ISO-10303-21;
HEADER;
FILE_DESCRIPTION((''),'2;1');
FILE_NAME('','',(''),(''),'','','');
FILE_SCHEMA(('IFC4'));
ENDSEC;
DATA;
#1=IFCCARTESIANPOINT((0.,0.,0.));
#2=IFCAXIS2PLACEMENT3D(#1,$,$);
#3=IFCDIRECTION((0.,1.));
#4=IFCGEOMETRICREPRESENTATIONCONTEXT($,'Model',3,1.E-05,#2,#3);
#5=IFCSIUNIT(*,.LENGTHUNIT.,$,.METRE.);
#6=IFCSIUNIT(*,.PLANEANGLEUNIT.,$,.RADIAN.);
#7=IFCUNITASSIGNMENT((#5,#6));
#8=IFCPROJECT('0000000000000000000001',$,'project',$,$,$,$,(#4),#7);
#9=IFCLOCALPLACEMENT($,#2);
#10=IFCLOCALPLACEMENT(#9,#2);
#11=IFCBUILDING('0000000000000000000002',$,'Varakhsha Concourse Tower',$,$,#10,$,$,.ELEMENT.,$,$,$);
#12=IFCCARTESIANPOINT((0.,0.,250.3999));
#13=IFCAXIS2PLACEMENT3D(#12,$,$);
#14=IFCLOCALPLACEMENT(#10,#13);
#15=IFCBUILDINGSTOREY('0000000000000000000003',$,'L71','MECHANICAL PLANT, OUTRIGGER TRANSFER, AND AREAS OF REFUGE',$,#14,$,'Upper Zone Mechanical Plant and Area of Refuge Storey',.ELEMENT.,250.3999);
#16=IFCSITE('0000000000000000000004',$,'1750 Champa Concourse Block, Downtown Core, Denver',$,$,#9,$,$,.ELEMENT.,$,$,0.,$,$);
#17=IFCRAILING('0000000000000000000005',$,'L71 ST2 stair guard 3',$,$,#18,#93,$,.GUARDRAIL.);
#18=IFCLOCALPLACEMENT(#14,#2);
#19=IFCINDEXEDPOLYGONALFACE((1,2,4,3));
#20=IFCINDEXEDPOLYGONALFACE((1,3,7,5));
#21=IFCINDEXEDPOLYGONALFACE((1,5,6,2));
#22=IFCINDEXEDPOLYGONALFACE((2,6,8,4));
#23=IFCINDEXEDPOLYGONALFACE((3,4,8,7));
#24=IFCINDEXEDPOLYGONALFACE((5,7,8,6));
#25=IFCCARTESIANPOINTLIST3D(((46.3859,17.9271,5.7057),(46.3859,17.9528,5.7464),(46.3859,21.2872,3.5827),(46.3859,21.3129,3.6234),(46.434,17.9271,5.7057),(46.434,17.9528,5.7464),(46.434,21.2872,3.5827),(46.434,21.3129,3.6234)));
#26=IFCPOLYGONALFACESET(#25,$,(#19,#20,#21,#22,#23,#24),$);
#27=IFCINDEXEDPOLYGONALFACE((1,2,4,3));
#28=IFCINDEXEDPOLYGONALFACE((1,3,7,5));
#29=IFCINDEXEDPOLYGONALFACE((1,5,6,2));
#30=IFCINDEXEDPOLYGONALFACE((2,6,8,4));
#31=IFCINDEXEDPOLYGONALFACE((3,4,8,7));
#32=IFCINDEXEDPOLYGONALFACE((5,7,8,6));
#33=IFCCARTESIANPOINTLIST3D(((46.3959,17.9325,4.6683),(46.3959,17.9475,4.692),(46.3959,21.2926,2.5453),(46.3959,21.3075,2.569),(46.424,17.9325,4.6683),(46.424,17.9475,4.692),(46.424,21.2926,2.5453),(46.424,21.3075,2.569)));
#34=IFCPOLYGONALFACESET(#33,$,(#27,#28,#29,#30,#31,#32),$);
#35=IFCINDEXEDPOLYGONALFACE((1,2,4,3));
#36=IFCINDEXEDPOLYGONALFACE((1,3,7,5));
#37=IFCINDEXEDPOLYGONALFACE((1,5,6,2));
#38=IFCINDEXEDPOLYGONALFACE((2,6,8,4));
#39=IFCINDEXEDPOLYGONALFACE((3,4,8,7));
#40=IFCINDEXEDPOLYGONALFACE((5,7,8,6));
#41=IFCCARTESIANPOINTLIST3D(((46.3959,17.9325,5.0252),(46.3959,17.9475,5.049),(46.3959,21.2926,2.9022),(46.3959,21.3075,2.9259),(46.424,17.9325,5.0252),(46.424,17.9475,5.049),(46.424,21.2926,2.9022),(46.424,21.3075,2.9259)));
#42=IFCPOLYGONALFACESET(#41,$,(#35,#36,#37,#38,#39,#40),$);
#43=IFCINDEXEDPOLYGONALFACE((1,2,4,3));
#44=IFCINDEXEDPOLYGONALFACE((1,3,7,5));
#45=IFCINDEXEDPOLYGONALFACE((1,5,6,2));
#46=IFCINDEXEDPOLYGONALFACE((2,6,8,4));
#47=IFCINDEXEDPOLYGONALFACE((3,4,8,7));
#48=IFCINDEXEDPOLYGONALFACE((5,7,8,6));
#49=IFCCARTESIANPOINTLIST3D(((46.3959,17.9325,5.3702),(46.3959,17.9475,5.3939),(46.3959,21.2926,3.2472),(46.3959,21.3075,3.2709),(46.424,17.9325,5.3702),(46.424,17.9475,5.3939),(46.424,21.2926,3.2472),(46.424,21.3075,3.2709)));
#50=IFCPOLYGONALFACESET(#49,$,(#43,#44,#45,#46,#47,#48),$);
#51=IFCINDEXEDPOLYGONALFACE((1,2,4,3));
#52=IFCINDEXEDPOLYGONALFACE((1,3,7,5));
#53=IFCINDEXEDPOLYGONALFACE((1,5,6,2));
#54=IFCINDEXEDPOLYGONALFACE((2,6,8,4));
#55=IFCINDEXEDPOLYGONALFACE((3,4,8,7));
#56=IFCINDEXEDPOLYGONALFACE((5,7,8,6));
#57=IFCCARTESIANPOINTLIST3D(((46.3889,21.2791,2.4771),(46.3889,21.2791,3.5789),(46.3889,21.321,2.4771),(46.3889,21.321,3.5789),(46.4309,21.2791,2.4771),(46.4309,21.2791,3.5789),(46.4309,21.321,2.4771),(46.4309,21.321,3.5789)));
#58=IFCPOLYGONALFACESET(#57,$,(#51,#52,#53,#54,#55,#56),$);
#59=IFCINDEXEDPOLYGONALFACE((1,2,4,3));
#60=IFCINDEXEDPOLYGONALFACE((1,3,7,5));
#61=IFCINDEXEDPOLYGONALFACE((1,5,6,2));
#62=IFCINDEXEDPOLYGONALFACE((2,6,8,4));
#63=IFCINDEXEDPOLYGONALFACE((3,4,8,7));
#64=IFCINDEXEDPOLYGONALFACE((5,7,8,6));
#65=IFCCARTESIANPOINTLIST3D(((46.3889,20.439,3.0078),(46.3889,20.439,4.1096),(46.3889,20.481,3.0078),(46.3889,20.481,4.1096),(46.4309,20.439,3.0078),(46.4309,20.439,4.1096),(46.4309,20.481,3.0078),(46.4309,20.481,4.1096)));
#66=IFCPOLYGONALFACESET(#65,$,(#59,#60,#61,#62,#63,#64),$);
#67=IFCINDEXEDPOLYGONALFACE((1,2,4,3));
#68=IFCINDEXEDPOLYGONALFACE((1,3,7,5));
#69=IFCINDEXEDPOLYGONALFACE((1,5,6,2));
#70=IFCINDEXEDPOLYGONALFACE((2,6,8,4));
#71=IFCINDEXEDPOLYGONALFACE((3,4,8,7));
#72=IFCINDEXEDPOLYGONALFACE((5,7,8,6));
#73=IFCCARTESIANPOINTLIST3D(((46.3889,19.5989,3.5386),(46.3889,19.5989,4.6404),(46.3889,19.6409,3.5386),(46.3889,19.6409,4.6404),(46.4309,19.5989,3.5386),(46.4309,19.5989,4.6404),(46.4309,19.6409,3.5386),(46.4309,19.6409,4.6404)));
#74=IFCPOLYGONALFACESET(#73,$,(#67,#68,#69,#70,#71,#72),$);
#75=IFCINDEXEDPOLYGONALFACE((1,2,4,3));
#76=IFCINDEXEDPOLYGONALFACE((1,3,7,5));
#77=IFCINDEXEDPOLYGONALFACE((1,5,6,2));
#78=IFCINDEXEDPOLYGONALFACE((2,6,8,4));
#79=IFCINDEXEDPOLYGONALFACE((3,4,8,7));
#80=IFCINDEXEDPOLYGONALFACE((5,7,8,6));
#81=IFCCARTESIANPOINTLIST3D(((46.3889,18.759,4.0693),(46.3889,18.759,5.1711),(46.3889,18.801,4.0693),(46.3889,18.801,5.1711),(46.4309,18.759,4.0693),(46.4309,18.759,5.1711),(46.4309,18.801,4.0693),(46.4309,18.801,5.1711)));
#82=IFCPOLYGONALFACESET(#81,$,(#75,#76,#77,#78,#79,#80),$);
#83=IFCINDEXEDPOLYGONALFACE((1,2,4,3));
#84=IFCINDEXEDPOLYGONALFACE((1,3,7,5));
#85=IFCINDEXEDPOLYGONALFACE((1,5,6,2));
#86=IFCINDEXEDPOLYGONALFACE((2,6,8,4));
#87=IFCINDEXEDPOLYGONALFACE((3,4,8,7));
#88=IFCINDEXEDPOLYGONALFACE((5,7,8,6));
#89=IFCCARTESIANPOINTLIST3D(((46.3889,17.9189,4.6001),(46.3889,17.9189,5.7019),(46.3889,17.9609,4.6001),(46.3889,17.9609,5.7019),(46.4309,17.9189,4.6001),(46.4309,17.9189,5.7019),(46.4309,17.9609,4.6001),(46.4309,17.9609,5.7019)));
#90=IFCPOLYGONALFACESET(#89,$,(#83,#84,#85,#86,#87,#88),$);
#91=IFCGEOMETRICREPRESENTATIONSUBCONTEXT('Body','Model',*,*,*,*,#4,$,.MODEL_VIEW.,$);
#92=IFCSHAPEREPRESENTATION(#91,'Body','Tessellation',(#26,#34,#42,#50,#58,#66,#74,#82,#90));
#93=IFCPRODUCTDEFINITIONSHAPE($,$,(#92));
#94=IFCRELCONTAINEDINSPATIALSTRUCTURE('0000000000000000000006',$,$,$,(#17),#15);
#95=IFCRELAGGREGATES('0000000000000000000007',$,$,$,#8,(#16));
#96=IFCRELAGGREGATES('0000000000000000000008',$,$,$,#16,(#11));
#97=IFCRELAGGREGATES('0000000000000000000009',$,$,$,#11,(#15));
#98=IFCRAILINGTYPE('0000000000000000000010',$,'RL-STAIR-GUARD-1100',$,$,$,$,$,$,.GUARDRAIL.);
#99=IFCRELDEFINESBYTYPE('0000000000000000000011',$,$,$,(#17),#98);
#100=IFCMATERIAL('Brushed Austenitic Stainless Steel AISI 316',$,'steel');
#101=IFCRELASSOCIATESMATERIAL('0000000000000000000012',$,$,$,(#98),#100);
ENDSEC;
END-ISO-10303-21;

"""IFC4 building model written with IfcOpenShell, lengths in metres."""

from ifc_helpers import new_model, si_unit, direction, frame, origin, origin_2d, place, context, subcontext, project, spatial, rectangle, extrude, material, type_object, element, save


model = new_model("IFC4")

# Units and contexts
model_context = context("Model", 3, precision=1e-05, world=origin(), true_north=direction((0.0, 1.0)))
body_context = subcontext(model_context, "Body", "Model", "MODEL_VIEW")
ifc_project = project(units=[si_unit("LENGTHUNIT", "METRE"), si_unit("PLANEANGLEUNIT", "RADIAN")], contexts=[model_context])

# Site, building, storey
site_placement = place(None, origin())
site = spatial("IfcSite", under=ifc_project, at=site_placement, Name="1750 Champa Concourse Block, Downtown Core, Denver", CompositionType="ELEMENT", RefElevation=0.0)
building_placement = place(site_placement, origin())
building = spatial("IfcBuilding", under=site, at=building_placement, Name="Varakhsha Concourse Tower", CompositionType="ELEMENT")
storey_placement = place(building_placement, frame((0.0, 0.0, 250.3999)))
storey = spatial("IfcBuildingStorey", under=building, at=storey_placement, Name="L71", Description="MECHANICAL PLANT, OUTRIGGER TRANSFER, AND AREAS OF REFUGE", LongName="Upper Zone Mechanical Plant and Area of Refuge Storey", CompositionType="ELEMENT", Elevation=250.3999)

# Railing
ifc_material_1 = material(Name="Brushed Austenitic Stainless Steel AISI 316", Category="steel")
railing_type = type_object("IfcRailingType", Name="RL-STAIR-GUARD-1100", PredefinedType="GUARDRAIL", material=ifc_material_1)
railing_1_placement = place(storey_placement, frame((46.4099, 21.3, 2.4771)))
element("IfcRailing", 1, at=railing_1_placement, inside=storey, type_object=railing_type, Name="L71 ST2 stair guard 3", PredefinedType="GUARDRAIL", context=body_context, shape_type="SweptSolid", body=[
    extrude(rectangle(XDim=0.0481, YDim=0.0481, at=origin_2d()), frame((0.0, 0.0, 1.126), z_axis=(0.0, -0.84539, 0.53415), x_axis=(1.0, 0.0, 0.0)), (0.0, 0.0, 1.0), 3.9746),
    extrude(rectangle(XDim=0.0281, YDim=0.0281, at=origin_2d()), frame((0.0, 0.0, 0.0801), z_axis=(0.0, -0.84539, 0.53415), x_axis=(1.0, 0.0, 0.0)), (0.0, 0.0, 1.0), 3.9746),
    extrude(rectangle(XDim=0.0281, YDim=0.0281, at=origin_2d()), frame((0.0, 0.0, 0.437), z_axis=(0.0, -0.84539, 0.53415), x_axis=(1.0, 0.0, 0.0)), (0.0, 0.0, 1.0), 3.9746),
    extrude(rectangle(XDim=0.0281, YDim=0.0281, at=origin_2d()), frame((0.0, 0.0, 0.782), z_axis=(0.0, -0.84539, 0.53415), x_axis=(1.0, 0.0, 0.0)), (0.0, 0.0, 1.0), 3.9746),
    extrude(rectangle(XDim=0.042, YDim=0.042, at=origin_2d()), origin(), (0.0, 0.0, 1.0), 1.1018),
    extrude(rectangle(XDim=0.042, YDim=0.042, at=origin_2d()), frame((0.0, -0.8401, 0.5308)), (0.0, 0.0, 1.0), 1.1018),
    extrude(rectangle(XDim=0.042, YDim=0.042, at=origin_2d()), frame((0.0, -1.6802, 1.0615)), (0.0, 0.0, 1.0), 1.1018),
    extrude(rectangle(XDim=0.042, YDim=0.042, at=origin_2d()), frame((0.0, -2.52, 1.5923)), (0.0, 0.0, 1.0), 1.1018),
    extrude(rectangle(XDim=0.042, YDim=0.042, at=origin_2d()), frame((0.0, -3.3601, 2.123)), (0.0, 0.0, 1.0), 1.1018),
])

save(model, "model.ifc")
